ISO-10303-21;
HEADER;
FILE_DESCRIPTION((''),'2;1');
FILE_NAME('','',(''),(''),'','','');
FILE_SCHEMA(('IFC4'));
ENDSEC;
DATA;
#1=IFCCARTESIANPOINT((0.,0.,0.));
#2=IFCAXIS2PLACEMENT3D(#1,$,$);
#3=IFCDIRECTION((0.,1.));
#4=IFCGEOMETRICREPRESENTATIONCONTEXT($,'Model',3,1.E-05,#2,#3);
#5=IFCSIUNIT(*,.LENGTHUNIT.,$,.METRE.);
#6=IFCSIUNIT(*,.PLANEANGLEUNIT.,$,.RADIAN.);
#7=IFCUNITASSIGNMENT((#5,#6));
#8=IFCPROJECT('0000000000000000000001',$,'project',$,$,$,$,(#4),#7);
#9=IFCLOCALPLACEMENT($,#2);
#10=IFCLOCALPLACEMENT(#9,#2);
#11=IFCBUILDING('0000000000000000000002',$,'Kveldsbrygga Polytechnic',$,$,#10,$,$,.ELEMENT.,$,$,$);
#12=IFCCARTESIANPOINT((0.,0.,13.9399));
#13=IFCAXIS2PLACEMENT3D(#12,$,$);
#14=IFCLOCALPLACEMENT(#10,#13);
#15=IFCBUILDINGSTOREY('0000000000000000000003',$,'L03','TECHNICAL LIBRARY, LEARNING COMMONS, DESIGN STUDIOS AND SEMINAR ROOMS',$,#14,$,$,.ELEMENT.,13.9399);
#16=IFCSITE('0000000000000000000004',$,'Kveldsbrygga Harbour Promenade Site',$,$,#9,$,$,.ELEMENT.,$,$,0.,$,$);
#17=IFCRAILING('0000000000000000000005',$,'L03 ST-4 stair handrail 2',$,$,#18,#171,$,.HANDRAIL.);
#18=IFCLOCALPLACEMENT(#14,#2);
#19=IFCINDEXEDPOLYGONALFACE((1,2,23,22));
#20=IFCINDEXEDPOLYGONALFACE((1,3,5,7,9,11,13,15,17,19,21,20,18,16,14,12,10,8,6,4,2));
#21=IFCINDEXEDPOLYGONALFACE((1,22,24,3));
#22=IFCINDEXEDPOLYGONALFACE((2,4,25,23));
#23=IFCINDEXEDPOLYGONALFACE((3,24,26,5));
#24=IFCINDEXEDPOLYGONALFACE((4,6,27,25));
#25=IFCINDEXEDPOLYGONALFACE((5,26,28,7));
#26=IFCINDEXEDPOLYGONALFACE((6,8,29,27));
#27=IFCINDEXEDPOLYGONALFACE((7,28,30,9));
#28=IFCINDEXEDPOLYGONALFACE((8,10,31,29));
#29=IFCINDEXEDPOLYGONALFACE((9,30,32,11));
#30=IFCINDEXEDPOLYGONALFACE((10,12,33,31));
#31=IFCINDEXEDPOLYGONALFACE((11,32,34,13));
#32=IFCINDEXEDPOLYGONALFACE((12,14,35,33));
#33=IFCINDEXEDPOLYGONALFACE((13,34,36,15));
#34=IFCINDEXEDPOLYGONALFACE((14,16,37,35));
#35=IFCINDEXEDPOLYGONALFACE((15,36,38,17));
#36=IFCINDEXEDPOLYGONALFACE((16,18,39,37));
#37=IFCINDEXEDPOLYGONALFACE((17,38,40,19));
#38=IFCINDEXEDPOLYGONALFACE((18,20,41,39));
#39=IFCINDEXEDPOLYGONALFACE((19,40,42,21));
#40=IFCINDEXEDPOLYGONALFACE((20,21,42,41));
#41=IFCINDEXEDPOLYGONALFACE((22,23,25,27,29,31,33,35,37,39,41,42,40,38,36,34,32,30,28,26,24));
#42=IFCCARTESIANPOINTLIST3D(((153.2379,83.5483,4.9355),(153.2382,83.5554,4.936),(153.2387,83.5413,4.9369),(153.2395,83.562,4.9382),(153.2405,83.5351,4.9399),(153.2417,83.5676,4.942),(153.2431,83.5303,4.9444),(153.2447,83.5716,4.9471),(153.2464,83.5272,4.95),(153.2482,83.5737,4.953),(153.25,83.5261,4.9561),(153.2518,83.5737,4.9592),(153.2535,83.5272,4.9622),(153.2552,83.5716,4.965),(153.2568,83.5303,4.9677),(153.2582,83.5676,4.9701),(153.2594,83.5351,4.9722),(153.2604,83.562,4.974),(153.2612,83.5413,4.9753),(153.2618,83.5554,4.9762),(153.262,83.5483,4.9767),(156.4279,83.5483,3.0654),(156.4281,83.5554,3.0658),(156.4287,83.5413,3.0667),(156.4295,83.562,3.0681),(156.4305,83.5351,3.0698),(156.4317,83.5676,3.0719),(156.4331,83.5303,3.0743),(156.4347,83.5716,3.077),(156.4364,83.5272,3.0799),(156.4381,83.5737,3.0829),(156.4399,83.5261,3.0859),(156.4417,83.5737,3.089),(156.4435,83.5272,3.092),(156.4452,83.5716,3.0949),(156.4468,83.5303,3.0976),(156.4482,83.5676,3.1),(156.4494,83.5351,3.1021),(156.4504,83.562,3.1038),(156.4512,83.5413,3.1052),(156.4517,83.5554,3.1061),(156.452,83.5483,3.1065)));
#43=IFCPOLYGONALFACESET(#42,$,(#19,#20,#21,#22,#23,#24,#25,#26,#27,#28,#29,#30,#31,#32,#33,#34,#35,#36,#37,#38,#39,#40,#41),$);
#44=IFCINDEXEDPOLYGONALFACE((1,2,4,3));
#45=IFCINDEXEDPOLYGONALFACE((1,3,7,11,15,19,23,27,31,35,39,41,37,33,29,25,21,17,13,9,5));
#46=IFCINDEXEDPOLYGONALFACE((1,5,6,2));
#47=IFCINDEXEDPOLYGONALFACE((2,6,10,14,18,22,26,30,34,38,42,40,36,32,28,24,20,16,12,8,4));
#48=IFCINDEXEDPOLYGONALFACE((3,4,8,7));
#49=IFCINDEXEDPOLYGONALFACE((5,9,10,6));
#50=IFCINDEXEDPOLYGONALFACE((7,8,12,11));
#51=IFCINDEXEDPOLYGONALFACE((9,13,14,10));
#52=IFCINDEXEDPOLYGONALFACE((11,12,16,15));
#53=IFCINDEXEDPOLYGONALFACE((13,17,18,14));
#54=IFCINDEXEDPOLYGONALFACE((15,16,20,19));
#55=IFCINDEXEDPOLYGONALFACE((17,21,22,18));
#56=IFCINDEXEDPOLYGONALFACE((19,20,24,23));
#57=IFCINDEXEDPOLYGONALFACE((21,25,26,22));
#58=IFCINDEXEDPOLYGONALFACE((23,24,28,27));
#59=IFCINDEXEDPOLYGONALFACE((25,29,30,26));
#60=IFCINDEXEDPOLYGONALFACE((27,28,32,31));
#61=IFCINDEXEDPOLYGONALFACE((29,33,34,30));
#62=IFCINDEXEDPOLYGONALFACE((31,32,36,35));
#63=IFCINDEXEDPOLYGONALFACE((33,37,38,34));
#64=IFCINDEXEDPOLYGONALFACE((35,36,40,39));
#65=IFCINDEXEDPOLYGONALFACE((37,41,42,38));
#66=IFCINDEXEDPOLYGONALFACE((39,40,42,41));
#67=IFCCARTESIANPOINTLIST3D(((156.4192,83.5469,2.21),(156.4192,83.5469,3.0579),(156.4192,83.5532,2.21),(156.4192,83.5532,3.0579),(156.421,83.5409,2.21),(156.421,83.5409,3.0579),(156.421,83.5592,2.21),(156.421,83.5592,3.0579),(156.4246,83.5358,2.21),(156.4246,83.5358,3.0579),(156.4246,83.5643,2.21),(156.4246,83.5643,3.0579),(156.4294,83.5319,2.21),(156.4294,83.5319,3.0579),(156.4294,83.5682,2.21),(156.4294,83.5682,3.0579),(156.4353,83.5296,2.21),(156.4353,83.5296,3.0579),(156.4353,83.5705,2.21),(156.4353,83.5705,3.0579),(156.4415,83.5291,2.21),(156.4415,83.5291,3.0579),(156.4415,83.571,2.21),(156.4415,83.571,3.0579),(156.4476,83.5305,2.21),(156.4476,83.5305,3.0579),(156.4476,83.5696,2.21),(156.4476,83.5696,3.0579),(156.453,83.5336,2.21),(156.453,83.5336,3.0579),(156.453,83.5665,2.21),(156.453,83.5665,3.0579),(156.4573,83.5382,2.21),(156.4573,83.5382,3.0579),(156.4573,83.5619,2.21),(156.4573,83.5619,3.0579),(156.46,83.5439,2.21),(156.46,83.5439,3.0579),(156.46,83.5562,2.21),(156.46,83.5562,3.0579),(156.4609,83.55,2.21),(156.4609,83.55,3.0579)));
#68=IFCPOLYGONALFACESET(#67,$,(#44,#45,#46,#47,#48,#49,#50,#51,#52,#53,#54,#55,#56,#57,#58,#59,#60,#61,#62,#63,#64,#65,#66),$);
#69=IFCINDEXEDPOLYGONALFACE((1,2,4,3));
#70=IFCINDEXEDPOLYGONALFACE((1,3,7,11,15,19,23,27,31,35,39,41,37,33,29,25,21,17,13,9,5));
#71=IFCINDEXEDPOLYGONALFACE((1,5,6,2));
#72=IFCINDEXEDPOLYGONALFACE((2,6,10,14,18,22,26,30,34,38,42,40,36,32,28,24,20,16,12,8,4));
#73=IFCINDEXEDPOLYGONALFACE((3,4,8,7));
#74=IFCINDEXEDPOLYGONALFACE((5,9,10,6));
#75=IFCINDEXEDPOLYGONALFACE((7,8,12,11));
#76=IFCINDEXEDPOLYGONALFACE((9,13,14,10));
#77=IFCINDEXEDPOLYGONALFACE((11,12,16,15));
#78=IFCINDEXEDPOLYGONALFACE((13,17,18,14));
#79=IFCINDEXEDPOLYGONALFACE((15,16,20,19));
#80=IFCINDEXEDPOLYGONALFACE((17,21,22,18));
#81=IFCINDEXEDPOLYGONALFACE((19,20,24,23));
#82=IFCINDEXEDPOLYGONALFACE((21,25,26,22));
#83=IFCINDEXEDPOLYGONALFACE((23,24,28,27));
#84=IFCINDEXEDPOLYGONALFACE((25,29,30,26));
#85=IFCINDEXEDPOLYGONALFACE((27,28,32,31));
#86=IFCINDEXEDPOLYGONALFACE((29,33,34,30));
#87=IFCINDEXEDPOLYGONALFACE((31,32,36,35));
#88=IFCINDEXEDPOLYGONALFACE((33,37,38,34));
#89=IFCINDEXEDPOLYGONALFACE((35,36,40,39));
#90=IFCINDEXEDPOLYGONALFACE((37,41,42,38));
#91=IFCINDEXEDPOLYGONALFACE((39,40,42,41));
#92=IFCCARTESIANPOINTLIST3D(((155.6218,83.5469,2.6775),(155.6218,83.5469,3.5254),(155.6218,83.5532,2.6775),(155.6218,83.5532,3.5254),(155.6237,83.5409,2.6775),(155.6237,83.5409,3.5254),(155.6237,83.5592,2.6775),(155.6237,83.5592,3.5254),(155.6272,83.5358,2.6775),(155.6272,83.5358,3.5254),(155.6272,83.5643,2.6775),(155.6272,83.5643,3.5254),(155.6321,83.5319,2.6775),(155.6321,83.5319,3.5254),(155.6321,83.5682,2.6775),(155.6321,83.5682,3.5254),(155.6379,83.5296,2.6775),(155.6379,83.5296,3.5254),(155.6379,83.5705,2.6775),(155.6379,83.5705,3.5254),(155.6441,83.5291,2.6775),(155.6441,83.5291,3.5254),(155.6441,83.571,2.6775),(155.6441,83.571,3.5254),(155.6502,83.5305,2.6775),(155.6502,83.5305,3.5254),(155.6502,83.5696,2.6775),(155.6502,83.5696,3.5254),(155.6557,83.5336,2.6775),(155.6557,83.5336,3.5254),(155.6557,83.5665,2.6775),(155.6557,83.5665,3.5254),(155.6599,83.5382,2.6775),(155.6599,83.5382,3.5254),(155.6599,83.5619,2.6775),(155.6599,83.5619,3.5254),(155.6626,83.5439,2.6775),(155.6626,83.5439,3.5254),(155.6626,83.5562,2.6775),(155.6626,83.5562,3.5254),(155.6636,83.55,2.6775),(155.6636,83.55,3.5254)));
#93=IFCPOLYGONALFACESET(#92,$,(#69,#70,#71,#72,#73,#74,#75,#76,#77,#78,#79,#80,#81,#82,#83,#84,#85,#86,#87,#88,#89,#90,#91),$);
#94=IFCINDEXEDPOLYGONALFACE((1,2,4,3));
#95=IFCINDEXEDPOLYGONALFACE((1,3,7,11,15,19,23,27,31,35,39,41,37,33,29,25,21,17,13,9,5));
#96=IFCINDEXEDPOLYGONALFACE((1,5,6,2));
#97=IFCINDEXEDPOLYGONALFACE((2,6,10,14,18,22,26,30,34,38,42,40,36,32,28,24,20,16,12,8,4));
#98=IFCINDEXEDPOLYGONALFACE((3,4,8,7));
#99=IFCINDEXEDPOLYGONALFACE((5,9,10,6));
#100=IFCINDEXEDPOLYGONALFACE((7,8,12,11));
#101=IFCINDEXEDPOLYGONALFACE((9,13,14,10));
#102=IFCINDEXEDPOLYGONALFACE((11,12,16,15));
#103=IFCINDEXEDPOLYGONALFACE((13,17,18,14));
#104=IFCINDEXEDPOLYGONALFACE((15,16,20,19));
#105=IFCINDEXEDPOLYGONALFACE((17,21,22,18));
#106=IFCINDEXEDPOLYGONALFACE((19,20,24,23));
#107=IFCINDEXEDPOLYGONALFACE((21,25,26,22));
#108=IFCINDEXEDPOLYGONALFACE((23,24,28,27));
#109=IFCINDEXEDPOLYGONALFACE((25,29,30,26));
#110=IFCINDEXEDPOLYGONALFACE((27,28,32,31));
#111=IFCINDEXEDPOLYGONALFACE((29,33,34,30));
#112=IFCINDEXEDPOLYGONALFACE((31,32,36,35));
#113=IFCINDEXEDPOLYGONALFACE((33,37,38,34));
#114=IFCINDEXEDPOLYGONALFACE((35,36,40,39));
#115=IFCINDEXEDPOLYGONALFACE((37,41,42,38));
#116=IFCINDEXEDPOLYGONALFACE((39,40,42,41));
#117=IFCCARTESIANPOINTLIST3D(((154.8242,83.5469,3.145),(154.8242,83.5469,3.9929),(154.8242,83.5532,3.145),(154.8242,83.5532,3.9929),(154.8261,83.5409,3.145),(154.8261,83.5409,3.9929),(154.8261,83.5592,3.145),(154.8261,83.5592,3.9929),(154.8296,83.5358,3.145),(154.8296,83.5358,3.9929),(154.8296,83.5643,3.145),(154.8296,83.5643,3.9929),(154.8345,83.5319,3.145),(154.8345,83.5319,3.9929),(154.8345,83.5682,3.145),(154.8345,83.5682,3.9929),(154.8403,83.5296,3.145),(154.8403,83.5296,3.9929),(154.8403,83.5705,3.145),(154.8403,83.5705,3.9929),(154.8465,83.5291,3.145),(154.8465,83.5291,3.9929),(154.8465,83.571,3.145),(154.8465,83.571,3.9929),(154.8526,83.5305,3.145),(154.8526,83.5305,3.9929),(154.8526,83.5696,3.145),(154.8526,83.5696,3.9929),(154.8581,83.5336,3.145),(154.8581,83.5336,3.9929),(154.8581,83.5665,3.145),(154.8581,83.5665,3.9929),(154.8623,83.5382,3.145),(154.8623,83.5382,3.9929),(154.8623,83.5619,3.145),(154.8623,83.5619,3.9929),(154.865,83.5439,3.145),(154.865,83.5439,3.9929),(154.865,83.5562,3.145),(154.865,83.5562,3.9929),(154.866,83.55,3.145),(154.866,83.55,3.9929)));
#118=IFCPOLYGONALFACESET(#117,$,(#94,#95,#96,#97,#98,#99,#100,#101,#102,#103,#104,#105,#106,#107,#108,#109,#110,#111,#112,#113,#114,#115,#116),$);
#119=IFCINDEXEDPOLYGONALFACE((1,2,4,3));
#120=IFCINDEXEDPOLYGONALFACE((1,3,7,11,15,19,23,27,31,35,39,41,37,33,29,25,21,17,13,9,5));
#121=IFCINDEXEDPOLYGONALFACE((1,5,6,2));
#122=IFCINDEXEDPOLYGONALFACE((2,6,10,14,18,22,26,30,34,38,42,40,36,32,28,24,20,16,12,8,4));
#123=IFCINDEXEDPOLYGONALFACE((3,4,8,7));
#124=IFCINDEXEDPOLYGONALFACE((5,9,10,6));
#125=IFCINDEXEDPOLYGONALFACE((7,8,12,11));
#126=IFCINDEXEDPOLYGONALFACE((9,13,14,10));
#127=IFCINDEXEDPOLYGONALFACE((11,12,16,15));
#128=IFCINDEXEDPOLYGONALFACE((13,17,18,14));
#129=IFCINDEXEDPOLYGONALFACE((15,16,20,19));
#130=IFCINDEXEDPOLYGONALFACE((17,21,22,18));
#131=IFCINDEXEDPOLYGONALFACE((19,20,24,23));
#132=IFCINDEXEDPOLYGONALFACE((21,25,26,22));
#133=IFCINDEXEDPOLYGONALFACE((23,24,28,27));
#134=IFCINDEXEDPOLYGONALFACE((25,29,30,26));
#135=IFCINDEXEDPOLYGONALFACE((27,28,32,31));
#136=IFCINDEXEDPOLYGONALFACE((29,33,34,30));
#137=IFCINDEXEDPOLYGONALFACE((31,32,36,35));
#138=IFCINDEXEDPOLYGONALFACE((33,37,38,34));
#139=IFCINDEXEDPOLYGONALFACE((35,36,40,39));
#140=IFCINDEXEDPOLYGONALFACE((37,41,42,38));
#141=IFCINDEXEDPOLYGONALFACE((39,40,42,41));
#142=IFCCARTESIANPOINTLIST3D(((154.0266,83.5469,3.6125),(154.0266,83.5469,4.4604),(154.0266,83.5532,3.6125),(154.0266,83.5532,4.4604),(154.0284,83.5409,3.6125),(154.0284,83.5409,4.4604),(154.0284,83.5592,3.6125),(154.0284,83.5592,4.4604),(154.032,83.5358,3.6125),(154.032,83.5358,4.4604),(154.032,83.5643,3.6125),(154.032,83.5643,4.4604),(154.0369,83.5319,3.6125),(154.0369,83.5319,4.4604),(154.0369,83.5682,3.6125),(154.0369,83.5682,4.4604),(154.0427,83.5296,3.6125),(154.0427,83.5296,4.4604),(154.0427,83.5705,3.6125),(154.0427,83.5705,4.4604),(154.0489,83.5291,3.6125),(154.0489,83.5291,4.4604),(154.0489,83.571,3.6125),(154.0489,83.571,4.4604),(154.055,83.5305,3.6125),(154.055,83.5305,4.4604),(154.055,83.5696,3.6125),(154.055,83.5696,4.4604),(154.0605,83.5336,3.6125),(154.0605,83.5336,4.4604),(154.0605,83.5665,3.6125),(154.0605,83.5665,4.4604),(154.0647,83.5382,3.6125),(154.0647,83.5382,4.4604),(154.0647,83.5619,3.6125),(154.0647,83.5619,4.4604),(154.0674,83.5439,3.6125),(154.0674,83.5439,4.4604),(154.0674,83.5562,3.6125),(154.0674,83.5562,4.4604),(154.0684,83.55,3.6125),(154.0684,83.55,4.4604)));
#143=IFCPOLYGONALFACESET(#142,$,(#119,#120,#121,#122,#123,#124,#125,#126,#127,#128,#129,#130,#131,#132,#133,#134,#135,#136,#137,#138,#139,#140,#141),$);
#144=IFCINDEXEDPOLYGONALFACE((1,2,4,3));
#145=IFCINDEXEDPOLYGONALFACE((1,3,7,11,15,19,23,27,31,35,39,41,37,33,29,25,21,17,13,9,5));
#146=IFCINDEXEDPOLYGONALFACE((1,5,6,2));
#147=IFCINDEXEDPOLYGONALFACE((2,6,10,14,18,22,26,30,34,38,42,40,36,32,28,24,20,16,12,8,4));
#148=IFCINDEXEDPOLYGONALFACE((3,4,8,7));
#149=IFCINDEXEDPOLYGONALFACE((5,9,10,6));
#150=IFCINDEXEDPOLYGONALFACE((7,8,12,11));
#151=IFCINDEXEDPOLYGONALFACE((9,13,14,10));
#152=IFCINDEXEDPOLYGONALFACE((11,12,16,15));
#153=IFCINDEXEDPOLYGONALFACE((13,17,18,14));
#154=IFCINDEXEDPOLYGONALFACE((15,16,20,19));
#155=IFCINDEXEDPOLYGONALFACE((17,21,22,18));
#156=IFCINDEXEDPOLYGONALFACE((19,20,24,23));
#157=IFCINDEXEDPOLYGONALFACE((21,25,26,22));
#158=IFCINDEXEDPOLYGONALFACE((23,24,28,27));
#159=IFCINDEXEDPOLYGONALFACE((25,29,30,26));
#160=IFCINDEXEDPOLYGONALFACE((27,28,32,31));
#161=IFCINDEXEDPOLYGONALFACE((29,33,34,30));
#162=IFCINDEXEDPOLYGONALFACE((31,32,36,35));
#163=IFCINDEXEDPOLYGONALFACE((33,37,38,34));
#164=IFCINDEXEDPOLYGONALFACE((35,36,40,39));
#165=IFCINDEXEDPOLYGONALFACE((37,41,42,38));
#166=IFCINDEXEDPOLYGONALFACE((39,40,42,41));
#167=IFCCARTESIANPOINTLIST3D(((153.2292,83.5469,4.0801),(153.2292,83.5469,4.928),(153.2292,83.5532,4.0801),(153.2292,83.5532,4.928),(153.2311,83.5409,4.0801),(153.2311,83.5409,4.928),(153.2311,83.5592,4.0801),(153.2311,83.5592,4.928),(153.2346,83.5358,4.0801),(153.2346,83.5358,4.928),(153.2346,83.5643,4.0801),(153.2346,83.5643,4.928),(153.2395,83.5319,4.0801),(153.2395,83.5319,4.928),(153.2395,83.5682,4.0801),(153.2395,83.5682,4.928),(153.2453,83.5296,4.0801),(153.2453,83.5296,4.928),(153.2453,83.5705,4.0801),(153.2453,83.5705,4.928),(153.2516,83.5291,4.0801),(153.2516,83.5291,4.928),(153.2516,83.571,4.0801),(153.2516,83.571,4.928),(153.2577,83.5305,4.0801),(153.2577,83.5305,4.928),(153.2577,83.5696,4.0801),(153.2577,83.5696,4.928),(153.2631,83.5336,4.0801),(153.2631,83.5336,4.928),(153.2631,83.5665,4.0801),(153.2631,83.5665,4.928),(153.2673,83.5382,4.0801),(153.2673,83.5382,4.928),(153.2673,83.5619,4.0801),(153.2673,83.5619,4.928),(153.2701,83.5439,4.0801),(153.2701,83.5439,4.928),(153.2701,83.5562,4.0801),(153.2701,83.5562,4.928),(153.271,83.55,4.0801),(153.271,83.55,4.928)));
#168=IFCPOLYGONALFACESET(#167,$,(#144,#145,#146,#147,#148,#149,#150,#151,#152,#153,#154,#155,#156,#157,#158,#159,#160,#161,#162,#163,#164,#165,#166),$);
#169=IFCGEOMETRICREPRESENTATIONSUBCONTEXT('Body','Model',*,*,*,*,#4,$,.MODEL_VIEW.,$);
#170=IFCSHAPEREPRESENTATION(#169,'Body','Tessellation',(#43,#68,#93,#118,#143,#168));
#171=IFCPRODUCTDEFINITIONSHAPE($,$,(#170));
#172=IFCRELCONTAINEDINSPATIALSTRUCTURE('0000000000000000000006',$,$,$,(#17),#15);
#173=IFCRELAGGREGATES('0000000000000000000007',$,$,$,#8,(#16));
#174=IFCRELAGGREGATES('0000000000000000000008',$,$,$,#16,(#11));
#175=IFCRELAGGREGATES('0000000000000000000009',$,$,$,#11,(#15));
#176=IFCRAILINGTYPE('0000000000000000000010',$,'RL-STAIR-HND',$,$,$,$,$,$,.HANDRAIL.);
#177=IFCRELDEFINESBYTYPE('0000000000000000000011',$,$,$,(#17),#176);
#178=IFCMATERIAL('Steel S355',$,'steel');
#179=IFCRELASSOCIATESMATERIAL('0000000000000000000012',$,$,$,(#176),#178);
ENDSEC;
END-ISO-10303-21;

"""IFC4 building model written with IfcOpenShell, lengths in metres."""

from ifc_helpers import new_model, si_unit, direction, frame, origin, origin_2d, place, context, subcontext, project, spatial, circle, extrude, material, type_object, element, save


model = new_model("IFC4")

# Units and contexts
model_context = context("Model", 3, precision=1e-05, world=origin(), true_north=direction((0.0, 1.0)))
body_context = subcontext(model_context, "Body", "Model", "MODEL_VIEW")
ifc_project = project(units=[si_unit("LENGTHUNIT", "METRE"), si_unit("PLANEANGLEUNIT", "RADIAN")], contexts=[model_context])

# Site, building, storey
site_placement = place(None, origin())
site = spatial("IfcSite", under=ifc_project, at=site_placement, Name="Kveldsbrygga Harbour Promenade Site", CompositionType="ELEMENT", RefElevation=0.0)
building_placement = place(site_placement, origin())
building = spatial("IfcBuilding", under=site, at=building_placement, Name="Kveldsbrygga Polytechnic", CompositionType="ELEMENT")
storey_placement = place(building_placement, frame((0.0, 0.0, 13.9399)))
storey = spatial("IfcBuildingStorey", under=building, at=storey_placement, Name="L03", Description="TECHNICAL LIBRARY, LEARNING COMMONS, DESIGN STUDIOS AND SEMINAR ROOMS", CompositionType="ELEMENT", Elevation=13.9399)

# Shared definitions
ifc_material_1 = material(Name="Steel S355", Category="steel")

# Railing
railing_type_1 = type_object("IfcRailingType", Name="RL-STAIR-HND", PredefinedType="HANDRAIL", material=ifc_material_1)
railing_1_placement = place(storey_placement, frame((156.4399, 83.55, 2.21)))
element("IfcRailing", 1, at=railing_1_placement, inside=storey, type_object=railing_type_1, Name="L03 ST-4 stair handrail 2", PredefinedType="HANDRAIL", context=body_context, shape_type="SweptSolid", body=[
    extrude(circle(Radius=0.0239, at=origin_2d()), frame((0.0, 0.0, 0.876), z_axis=(-0.86268, 0.0, 0.50575), x_axis=(0.0, -1.0, 0.0)), (0.0, 0.0, 1.0), 3.6978),
    extrude(circle(Radius=0.021, at=origin_2d()), origin(), (0.0, 0.0, 1.0), 0.8479),
    extrude(circle(Radius=0.021, at=origin_2d()), frame((-0.7974, 0.0, 0.4675)), (0.0, 0.0, 1.0), 0.8479),
    extrude(circle(Radius=0.021, at=origin_2d()), frame((-1.595, 0.0, 0.9351)), (0.0, 0.0, 1.0), 0.8479),
    extrude(circle(Radius=0.021, at=origin_2d()), frame((-2.3926, 0.0, 1.4026)), (0.0, 0.0, 1.0), 0.8479),
    extrude(circle(Radius=0.021, at=origin_2d()), frame((-3.1899, 0.0, 1.8701)), (0.0, 0.0, 1.0), 0.8479),
])

save(model, "model.ifc")
